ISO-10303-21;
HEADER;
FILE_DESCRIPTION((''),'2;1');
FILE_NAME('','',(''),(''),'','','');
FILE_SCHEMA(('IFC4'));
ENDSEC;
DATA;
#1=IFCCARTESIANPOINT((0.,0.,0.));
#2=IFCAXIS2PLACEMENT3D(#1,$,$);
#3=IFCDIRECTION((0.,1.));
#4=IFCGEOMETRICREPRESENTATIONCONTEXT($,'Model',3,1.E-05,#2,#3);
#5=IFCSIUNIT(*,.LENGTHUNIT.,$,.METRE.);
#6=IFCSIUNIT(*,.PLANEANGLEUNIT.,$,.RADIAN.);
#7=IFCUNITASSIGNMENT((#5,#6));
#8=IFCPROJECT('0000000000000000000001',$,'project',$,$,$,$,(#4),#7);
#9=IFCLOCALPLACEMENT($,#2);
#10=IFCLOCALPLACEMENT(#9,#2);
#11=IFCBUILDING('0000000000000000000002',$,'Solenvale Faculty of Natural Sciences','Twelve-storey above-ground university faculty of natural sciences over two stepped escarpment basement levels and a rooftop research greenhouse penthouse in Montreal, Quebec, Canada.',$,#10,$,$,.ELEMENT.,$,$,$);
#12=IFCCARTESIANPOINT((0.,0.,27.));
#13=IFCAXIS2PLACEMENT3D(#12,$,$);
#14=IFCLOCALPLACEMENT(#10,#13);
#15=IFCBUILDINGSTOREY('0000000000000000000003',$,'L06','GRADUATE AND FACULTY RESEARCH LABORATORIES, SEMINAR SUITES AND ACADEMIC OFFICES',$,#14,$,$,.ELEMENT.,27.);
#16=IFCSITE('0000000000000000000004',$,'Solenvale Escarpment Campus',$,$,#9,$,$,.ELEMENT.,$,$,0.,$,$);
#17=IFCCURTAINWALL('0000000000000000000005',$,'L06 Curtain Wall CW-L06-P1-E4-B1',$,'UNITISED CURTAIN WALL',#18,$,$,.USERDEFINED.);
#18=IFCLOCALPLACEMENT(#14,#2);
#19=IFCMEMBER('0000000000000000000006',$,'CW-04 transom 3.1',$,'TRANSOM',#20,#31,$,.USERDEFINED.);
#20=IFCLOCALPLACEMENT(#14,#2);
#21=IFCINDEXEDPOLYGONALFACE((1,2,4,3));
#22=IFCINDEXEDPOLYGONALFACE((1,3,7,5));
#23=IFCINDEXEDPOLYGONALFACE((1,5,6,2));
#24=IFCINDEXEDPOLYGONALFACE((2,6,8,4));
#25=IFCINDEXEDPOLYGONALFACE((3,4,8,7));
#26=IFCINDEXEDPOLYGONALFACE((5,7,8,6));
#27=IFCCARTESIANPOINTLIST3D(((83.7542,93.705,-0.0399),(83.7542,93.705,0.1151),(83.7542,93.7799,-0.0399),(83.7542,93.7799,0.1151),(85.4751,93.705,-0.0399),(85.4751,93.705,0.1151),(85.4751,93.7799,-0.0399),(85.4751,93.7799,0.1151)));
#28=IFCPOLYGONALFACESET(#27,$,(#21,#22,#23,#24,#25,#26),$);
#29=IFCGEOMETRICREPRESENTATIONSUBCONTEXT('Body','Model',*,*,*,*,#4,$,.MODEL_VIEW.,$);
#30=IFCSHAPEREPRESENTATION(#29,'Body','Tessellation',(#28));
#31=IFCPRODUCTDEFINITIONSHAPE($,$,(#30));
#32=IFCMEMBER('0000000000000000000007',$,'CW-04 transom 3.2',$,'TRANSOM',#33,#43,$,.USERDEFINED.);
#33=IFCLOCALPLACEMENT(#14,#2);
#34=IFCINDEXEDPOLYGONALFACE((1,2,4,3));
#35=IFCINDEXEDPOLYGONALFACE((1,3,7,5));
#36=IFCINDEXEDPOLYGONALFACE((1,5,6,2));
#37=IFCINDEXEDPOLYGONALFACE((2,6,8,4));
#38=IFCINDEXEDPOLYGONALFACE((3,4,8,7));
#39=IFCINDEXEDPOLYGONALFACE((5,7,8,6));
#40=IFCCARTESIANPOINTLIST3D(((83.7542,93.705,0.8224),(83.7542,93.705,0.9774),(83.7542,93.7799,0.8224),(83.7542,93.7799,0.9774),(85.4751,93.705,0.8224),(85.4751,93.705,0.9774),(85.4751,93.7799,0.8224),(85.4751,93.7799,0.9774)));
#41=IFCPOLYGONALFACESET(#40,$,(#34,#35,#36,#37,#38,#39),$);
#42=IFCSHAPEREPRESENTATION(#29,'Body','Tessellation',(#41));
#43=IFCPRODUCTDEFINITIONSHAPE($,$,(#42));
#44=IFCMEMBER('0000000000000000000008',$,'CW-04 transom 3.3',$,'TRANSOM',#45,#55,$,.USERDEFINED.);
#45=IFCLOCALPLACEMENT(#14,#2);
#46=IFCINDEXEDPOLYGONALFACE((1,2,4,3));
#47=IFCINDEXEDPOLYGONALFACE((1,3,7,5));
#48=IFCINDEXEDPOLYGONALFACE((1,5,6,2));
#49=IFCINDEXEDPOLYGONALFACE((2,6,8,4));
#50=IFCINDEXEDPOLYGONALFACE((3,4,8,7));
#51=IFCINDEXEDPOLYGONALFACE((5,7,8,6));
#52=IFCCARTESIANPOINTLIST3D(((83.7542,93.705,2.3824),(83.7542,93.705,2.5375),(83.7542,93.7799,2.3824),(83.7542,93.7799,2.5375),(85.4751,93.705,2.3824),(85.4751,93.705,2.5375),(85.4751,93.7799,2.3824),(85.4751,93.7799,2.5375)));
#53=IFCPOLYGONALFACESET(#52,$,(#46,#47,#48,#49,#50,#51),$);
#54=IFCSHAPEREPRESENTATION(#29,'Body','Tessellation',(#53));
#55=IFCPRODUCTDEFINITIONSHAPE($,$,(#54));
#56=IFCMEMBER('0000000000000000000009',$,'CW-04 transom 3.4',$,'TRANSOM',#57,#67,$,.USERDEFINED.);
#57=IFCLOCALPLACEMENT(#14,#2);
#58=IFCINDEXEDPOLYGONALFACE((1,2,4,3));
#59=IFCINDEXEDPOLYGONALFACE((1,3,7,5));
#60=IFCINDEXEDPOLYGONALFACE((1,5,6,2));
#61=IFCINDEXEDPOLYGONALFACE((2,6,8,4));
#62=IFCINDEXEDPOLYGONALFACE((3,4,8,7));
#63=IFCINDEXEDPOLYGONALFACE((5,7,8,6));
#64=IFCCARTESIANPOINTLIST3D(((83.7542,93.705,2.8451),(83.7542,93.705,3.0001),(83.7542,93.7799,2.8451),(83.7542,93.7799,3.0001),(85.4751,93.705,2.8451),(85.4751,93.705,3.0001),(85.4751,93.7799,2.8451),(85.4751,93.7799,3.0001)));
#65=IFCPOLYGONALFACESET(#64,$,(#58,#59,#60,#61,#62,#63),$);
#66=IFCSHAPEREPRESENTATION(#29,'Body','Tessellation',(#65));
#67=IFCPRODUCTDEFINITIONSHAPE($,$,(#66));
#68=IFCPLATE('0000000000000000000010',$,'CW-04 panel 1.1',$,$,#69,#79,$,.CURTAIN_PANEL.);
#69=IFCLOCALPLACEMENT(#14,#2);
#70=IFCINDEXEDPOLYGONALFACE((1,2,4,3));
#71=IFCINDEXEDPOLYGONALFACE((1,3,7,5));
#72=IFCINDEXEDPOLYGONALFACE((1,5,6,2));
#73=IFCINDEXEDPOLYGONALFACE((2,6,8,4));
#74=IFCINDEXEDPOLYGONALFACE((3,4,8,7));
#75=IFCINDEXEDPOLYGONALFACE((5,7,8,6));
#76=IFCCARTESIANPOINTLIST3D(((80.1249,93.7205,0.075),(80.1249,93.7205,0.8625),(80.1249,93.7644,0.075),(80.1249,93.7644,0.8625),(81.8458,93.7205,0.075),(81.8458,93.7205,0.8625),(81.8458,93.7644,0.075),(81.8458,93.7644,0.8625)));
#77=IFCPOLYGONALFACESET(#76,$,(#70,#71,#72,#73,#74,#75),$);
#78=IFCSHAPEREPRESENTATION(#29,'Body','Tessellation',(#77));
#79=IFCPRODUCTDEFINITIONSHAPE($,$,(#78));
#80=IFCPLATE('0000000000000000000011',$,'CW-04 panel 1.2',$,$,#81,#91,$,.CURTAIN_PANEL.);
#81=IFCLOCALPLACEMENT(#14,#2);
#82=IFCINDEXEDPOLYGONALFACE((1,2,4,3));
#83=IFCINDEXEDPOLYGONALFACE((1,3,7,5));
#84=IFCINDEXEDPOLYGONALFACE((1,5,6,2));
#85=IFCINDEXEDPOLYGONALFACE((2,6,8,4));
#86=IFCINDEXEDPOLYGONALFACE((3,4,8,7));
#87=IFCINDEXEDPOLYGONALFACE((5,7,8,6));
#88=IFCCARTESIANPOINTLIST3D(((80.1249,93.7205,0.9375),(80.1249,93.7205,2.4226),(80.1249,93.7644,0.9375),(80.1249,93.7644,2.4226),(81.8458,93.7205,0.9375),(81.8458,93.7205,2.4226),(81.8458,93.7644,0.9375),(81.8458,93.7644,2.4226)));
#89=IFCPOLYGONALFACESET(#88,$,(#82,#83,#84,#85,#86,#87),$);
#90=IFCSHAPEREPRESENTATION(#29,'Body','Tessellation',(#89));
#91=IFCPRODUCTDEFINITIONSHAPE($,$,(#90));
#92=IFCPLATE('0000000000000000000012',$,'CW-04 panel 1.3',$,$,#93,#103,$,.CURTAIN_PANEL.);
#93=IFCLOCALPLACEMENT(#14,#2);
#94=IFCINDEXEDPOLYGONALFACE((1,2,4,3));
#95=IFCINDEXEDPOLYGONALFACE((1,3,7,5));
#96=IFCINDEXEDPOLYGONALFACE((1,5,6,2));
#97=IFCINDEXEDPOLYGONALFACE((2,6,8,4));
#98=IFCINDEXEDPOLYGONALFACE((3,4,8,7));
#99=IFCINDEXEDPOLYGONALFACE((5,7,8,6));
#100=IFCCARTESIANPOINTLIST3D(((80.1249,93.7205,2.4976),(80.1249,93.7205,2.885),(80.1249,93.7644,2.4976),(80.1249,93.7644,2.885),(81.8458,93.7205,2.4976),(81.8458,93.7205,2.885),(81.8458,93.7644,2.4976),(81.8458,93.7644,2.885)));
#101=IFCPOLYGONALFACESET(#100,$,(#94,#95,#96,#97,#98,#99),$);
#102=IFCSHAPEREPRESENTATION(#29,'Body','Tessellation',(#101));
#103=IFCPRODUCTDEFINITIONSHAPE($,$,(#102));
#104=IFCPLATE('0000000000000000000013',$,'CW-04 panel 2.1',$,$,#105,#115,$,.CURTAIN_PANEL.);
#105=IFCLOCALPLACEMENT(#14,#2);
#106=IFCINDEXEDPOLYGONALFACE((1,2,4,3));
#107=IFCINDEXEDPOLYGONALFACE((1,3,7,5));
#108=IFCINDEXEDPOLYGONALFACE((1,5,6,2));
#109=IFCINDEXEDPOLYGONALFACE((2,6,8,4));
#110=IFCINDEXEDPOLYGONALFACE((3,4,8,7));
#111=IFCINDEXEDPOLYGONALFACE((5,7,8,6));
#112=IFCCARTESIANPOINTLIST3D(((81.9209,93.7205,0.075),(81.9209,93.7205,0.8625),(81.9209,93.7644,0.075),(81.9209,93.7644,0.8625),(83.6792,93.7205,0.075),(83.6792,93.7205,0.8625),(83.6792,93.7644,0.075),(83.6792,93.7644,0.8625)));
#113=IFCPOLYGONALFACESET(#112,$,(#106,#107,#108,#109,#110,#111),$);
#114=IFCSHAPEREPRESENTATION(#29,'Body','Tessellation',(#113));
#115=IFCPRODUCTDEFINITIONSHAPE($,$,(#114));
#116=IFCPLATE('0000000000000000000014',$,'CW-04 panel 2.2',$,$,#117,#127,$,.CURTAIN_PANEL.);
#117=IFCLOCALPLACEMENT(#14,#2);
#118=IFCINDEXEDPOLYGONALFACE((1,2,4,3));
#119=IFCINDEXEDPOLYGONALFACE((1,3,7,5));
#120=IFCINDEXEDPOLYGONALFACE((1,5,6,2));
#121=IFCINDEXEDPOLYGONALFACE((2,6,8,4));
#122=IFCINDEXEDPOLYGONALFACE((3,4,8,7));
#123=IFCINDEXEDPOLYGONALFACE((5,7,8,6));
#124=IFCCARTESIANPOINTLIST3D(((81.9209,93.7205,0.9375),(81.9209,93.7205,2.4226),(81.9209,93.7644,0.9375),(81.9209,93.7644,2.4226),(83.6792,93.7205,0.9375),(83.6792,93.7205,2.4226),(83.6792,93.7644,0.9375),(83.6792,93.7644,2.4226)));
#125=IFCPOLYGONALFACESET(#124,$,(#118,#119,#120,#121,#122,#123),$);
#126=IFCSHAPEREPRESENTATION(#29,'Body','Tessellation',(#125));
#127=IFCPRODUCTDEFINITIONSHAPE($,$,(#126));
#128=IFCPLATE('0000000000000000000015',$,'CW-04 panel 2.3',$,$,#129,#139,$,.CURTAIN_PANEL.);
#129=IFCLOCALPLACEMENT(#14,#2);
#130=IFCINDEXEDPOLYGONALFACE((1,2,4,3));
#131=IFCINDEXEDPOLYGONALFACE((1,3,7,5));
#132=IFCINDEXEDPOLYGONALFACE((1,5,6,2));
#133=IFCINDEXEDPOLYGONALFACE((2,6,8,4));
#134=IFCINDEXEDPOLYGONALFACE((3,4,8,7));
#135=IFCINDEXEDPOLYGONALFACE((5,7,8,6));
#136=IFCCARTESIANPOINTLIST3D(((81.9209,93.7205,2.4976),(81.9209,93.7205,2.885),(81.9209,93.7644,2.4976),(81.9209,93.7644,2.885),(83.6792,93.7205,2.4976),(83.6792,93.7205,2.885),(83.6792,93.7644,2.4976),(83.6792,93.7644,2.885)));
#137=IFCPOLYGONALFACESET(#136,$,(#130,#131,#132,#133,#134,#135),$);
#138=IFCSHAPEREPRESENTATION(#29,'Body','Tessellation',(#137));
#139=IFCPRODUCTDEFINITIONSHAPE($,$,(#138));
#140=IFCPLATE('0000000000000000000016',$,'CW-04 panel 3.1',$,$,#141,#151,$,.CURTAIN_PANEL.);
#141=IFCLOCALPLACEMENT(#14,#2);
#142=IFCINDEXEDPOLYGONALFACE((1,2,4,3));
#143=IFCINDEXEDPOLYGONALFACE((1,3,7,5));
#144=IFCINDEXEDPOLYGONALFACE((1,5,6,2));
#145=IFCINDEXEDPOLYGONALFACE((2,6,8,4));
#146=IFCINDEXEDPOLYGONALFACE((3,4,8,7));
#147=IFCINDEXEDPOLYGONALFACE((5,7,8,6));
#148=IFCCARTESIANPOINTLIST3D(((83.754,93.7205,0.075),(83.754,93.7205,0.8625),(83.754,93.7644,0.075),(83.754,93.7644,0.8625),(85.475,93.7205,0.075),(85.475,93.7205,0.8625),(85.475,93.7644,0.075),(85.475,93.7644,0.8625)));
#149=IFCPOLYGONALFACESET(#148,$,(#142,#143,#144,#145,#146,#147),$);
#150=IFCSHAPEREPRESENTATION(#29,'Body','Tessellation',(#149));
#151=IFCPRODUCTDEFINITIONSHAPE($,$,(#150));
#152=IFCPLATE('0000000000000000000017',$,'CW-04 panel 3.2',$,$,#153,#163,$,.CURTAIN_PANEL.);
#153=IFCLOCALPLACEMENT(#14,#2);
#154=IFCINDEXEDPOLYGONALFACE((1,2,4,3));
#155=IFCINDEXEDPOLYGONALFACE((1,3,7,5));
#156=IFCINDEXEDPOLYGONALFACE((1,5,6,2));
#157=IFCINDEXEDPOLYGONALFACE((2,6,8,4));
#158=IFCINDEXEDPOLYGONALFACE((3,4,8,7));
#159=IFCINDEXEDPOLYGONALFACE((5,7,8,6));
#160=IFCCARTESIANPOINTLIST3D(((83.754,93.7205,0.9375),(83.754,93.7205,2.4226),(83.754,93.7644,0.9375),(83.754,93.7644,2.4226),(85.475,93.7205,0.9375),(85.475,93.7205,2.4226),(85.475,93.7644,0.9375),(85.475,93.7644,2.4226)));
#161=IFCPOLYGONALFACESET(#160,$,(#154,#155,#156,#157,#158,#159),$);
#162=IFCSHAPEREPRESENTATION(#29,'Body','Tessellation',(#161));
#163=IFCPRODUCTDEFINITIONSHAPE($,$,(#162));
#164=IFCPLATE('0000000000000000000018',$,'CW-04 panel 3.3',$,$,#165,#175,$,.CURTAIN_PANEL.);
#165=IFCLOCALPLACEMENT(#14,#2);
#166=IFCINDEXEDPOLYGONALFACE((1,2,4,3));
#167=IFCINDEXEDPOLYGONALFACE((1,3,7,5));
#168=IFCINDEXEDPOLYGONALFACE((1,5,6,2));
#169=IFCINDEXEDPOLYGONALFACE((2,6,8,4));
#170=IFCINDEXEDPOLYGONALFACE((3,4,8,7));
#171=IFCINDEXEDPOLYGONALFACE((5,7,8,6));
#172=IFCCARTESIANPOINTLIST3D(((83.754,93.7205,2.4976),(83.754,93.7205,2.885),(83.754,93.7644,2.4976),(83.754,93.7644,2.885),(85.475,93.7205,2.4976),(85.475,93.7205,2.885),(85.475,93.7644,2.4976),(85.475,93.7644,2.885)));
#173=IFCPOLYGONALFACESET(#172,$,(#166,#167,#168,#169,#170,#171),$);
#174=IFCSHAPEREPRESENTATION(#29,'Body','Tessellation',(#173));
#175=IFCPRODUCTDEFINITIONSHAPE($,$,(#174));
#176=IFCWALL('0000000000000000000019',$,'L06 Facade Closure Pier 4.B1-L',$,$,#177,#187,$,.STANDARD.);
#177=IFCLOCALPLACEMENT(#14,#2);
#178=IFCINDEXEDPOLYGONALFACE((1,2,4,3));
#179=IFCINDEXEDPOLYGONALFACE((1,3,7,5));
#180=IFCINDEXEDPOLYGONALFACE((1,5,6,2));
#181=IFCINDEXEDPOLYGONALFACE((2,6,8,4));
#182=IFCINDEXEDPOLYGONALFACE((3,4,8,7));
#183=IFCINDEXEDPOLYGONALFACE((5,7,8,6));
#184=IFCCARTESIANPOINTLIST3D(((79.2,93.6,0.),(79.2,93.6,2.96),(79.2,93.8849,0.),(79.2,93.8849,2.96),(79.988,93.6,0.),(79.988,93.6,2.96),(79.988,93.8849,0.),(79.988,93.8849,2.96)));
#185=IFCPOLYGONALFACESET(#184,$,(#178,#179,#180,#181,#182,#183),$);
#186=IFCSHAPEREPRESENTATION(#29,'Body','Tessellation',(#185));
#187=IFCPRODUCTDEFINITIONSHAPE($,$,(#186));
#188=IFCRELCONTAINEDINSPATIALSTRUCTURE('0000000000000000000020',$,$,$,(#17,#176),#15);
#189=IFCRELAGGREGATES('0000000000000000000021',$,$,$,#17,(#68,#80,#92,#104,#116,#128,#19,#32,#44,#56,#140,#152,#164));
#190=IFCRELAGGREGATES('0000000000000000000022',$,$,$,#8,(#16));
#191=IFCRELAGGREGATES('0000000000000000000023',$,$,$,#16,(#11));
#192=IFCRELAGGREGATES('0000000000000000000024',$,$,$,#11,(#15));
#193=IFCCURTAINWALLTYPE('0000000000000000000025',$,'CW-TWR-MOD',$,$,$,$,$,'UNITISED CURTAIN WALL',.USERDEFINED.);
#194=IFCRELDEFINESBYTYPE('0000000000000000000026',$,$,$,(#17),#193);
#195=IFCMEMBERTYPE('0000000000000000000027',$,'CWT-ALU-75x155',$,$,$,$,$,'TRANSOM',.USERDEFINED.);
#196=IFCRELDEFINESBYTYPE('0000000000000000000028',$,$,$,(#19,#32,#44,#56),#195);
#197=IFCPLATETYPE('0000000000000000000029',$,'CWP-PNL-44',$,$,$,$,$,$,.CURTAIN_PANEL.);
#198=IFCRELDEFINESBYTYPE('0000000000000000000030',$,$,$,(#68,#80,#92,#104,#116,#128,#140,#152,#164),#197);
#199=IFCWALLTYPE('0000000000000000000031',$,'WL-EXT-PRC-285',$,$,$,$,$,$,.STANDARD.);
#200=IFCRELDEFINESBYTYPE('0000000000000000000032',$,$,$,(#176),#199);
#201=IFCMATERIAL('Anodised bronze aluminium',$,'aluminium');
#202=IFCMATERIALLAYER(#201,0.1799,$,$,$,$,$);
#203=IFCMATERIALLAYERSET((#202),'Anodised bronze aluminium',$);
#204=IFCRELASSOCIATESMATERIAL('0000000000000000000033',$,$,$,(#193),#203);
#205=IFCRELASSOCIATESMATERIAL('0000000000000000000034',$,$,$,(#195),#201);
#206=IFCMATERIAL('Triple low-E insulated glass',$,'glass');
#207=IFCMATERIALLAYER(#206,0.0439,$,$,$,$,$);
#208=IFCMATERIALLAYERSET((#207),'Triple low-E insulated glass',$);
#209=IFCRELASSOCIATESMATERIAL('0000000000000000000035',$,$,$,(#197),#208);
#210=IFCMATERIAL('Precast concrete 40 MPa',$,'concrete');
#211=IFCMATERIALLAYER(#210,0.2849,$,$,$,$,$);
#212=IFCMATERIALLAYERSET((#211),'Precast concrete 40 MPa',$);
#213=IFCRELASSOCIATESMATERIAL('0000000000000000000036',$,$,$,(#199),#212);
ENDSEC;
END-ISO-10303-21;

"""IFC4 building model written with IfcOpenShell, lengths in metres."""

from ifc_helpers import new_model, si_unit, direction, frame, frame_2d, origin, origin_2d, place, context, subcontext, project, spatial, rectangle, extrude, material, layer, layer_set, material_profile, profile_set, type_object, element, aggregate, save


model = new_model("IFC4")

# Units and contexts
model_context = context("Model", 3, precision=1e-05, world=origin(), true_north=direction((0.0, 1.0)))
body_context = subcontext(model_context, "Body", "Model", "MODEL_VIEW")
ifc_project = project(units=[si_unit("LENGTHUNIT", "METRE"), si_unit("PLANEANGLEUNIT", "RADIAN")], contexts=[model_context])

# Site, building, storey
site_placement = place(None, origin())
site = spatial("IfcSite", under=ifc_project, at=site_placement, Name="Solenvale Escarpment Campus", CompositionType="ELEMENT", RefElevation=0.0)
building_placement = place(site_placement, origin())
building = spatial("IfcBuilding", under=site, at=building_placement, Name="Solenvale Faculty of Natural Sciences", Description="Twelve-storey above-ground university faculty of natural sciences over two stepped escarpment basement levels and a rooftop research greenhouse penthouse in Montreal, Quebec, Canada.", CompositionType="ELEMENT")
storey_placement = place(building_placement, frame((0.0, 0.0, 27.0)))
storey = spatial("IfcBuildingStorey", under=building, at=storey_placement, Name="L06", Description="GRADUATE AND FACULTY RESEARCH LABORATORIES, SEMINAR SUITES AND ACADEMIC OFFICES", CompositionType="ELEMENT", Elevation=27.0)

# Curtain wall, members, plates
ifc_material_1 = material(Name="Anodised bronze aluminium", Category="aluminium")
ifc_layer_1 = layer(ifc_material_1, 0.1799)
ifc_layer_set_1 = layer_set([ifc_layer_1], Name="Anodised bronze aluminium")
curtain_wall_type = type_object("IfcCurtainWallType", Name="CW-TWR-MOD", ElementType="UNITISED CURTAIN WALL", PredefinedType="USERDEFINED", material=ifc_layer_set_1)
curtain_wall_placement = place(storey_placement, origin())
curtain_wall = element("IfcCurtainWall", 1, at=curtain_wall_placement, inside=storey, type_object=curtain_wall_type, Name="L06 Curtain Wall CW-L06-P1-E4-B1", ObjectType="UNITISED CURTAIN WALL", PredefinedType="USERDEFINED")
ifc_material_profile_1 = material_profile(ifc_material_1, rectangle(XDim=0.075, YDim=0.155, at=origin_2d()), Name="ALU-TRN-75x155")
ifc_profile_set_1 = profile_set([ifc_material_profile_1], Name="Anodised bronze aluminium")
member_type_1 = type_object("IfcMemberType", Name="CWT-ALU-75x155", ElementType="TRANSOM", PredefinedType="USERDEFINED", material=ifc_profile_set_1)
member_1_placement = place(storey_placement, frame((83.7542, 93.7424, 0.0376), z_axis=(1.0, 0.0, 0.0), x_axis=(0.0, 1.0, 0.0)))
member_1 = element("IfcMember", 2, at=member_1_placement, type_object=member_type_1, Name="CW-04 transom 3.1", ObjectType="TRANSOM", PredefinedType="USERDEFINED", context=body_context, shape_type="SweptSolid", body=[
    extrude(rectangle(XDim=0.075, YDim=0.155, at=origin_2d()), origin(), (0.0, 0.0, 1.0), 1.7209),
])
member_2_placement = place(storey_placement, frame((83.7542, 93.7424, 0.8999), z_axis=(1.0, 0.0, 0.0), x_axis=(0.0, 1.0, 0.0)))
member_2 = element("IfcMember", 3, at=member_2_placement, type_object=member_type_1, Name="CW-04 transom 3.2", ObjectType="TRANSOM", PredefinedType="USERDEFINED", context=body_context, shape_type="SweptSolid", body=[
    extrude(rectangle(XDim=0.075, YDim=0.155, at=origin_2d()), origin(), (0.0, 0.0, 1.0), 1.7209),
])
member_3_placement = place(storey_placement, frame((83.7542, 93.7424, 2.46), z_axis=(1.0, 0.0, 0.0), x_axis=(0.0, 1.0, 0.0)))
member_3 = element("IfcMember", 4, at=member_3_placement, type_object=member_type_1, Name="CW-04 transom 3.3", ObjectType="TRANSOM", PredefinedType="USERDEFINED", context=body_context, shape_type="SweptSolid", body=[
    extrude(rectangle(XDim=0.075, YDim=0.155, at=origin_2d()), origin(), (0.0, 0.0, 1.0), 1.7209),
])
member_4_placement = place(storey_placement, frame((83.7542, 93.7424, 2.9226), z_axis=(1.0, 0.0, 0.0), x_axis=(0.0, 1.0, 0.0)))
member_4 = element("IfcMember", 5, at=member_4_placement, type_object=member_type_1, Name="CW-04 transom 3.4", ObjectType="TRANSOM", PredefinedType="USERDEFINED", context=body_context, shape_type="SweptSolid", body=[
    extrude(rectangle(XDim=0.075, YDim=0.155, at=origin_2d()), origin(), (0.0, 0.0, 1.0), 1.7209),
])
ifc_material_2 = material(Name="Triple low-E insulated glass", Category="glass")
ifc_layer_2 = layer(ifc_material_2, 0.0439)
ifc_layer_set_2 = layer_set([ifc_layer_2], Name="Triple low-E insulated glass")
plate_type = type_object("IfcPlateType", Name="CWP-PNL-44", PredefinedType="CURTAIN_PANEL", material=ifc_layer_set_2)
plate_1_placement = place(storey_placement, frame((80.9854, 93.7424, 0.075), z_axis=(0.0, 0.0, 1.0), x_axis=(1.0, 0.0, 0.0)))
plate_1 = element("IfcPlate", 6, at=plate_1_placement, type_object=plate_type, Name="CW-04 panel 1.1", PredefinedType="CURTAIN_PANEL", context=body_context, shape_type="SweptSolid", body=[
    extrude(rectangle(XDim=1.7209, YDim=0.0439, at=origin_2d()), origin(), (0.0, 0.0, 1.0), 0.7876),
])
plate_2_placement = place(storey_placement, frame((80.9854, 93.7424, 0.9375), z_axis=(0.0, 0.0, 1.0), x_axis=(1.0, 0.0, 0.0)))
plate_2 = element("IfcPlate", 7, at=plate_2_placement, type_object=plate_type, Name="CW-04 panel 1.2", PredefinedType="CURTAIN_PANEL", context=body_context, shape_type="SweptSolid", body=[
    extrude(rectangle(XDim=1.7209, YDim=0.0439, at=origin_2d()), origin(), (0.0, 0.0, 1.0), 1.4851),
])
plate_3_placement = place(storey_placement, frame((80.9854, 93.7424, 2.4976), z_axis=(0.0, 0.0, 1.0), x_axis=(1.0, 0.0, 0.0)))
plate_3 = element("IfcPlate", 8, at=plate_3_placement, type_object=plate_type, Name="CW-04 panel 1.3", PredefinedType="CURTAIN_PANEL", context=body_context, shape_type="SweptSolid", body=[
    extrude(rectangle(XDim=1.7209, YDim=0.0439, at=origin_2d()), origin(), (0.0, 0.0, 1.0), 0.3875),
])
plate_4_placement = place(storey_placement, frame((82.8, 93.7424, 0.075), z_axis=(0.0, 0.0, 1.0), x_axis=(1.0, 0.0, 0.0)))
plate_4 = element("IfcPlate", 9, at=plate_4_placement, type_object=plate_type, Name="CW-04 panel 2.1", PredefinedType="CURTAIN_PANEL", context=body_context, shape_type="SweptSolid", body=[
    extrude(rectangle(XDim=1.7583, YDim=0.0439, at=origin_2d()), origin(), (0.0, 0.0, 1.0), 0.7876),
])
plate_5_placement = place(storey_placement, frame((82.8, 93.7424, 0.9375), z_axis=(0.0, 0.0, 1.0), x_axis=(1.0, 0.0, 0.0)))
plate_5 = element("IfcPlate", 10, at=plate_5_placement, type_object=plate_type, Name="CW-04 panel 2.2", PredefinedType="CURTAIN_PANEL", context=body_context, shape_type="SweptSolid", body=[
    extrude(rectangle(XDim=1.7583, YDim=0.0439, at=origin_2d()), origin(), (0.0, 0.0, 1.0), 1.4851),
])
plate_6_placement = place(storey_placement, frame((82.8, 93.7424, 2.4976), z_axis=(0.0, 0.0, 1.0), x_axis=(1.0, 0.0, 0.0)))
plate_6 = element("IfcPlate", 11, at=plate_6_placement, type_object=plate_type, Name="CW-04 panel 2.3", PredefinedType="CURTAIN_PANEL", context=body_context, shape_type="SweptSolid", body=[
    extrude(rectangle(XDim=1.7583, YDim=0.0439, at=origin_2d()), origin(), (0.0, 0.0, 1.0), 0.3875),
])
plate_7_placement = place(storey_placement, frame((84.6145, 93.7424, 0.075), z_axis=(0.0, 0.0, 1.0), x_axis=(1.0, 0.0, 0.0)))
plate_7 = element("IfcPlate", 12, at=plate_7_placement, type_object=plate_type, Name="CW-04 panel 3.1", PredefinedType="CURTAIN_PANEL", context=body_context, shape_type="SweptSolid", body=[
    extrude(rectangle(XDim=1.7209, YDim=0.0439, at=origin_2d()), origin(), (0.0, 0.0, 1.0), 0.7876),
])
plate_8_placement = place(storey_placement, frame((84.6145, 93.7424, 0.9375), z_axis=(0.0, 0.0, 1.0), x_axis=(1.0, 0.0, 0.0)))
plate_8 = element("IfcPlate", 13, at=plate_8_placement, type_object=plate_type, Name="CW-04 panel 3.2", PredefinedType="CURTAIN_PANEL", context=body_context, shape_type="SweptSolid", body=[
    extrude(rectangle(XDim=1.7209, YDim=0.0439, at=origin_2d()), origin(), (0.0, 0.0, 1.0), 1.4851),
])
plate_9_placement = place(storey_placement, frame((84.6145, 93.7424, 2.4976), z_axis=(0.0, 0.0, 1.0), x_axis=(1.0, 0.0, 0.0)))
plate_9 = element("IfcPlate", 14, at=plate_9_placement, type_object=plate_type, Name="CW-04 panel 3.3", PredefinedType="CURTAIN_PANEL", context=body_context, shape_type="SweptSolid", body=[
    extrude(rectangle(XDim=1.7209, YDim=0.0439, at=origin_2d()), origin(), (0.0, 0.0, 1.0), 0.3875),
])
aggregate(curtain_wall, [plate_1, plate_2, plate_3, plate_4, plate_5, plate_6, member_1, member_2, member_3, member_4, plate_7, plate_8, plate_9])

# Wall
ifc_material_3 = material(Name="Precast concrete 40 MPa", Category="concrete")
ifc_layer_3 = layer(ifc_material_3, 0.2849)
ifc_layer_set_3 = layer_set([ifc_layer_3], Name="Precast concrete 40 MPa")
wall_type_1 = type_object("IfcWallType", Name="WL-EXT-PRC-285", PredefinedType="STANDARD", material=ifc_layer_set_3)
wall_1_placement = place(storey_placement, frame((79.2, 93.7424, 0.0), z_axis=(0.0, 0.0, 1.0), x_axis=(1.0, 0.0, 0.0)))
element("IfcWall", 15, at=wall_1_placement, inside=storey, type_object=wall_type_1, Name="L06 Facade Closure Pier 4.B1-L", PredefinedType="STANDARD", context=body_context, shape_type="SweptSolid", body=[
    extrude(rectangle(XDim=0.7881, YDim=0.2849, at=frame_2d((0.394, 0.0))), origin(), (0.0, 0.0, 1.0), 2.96),
])

save(model, "model.ifc")
